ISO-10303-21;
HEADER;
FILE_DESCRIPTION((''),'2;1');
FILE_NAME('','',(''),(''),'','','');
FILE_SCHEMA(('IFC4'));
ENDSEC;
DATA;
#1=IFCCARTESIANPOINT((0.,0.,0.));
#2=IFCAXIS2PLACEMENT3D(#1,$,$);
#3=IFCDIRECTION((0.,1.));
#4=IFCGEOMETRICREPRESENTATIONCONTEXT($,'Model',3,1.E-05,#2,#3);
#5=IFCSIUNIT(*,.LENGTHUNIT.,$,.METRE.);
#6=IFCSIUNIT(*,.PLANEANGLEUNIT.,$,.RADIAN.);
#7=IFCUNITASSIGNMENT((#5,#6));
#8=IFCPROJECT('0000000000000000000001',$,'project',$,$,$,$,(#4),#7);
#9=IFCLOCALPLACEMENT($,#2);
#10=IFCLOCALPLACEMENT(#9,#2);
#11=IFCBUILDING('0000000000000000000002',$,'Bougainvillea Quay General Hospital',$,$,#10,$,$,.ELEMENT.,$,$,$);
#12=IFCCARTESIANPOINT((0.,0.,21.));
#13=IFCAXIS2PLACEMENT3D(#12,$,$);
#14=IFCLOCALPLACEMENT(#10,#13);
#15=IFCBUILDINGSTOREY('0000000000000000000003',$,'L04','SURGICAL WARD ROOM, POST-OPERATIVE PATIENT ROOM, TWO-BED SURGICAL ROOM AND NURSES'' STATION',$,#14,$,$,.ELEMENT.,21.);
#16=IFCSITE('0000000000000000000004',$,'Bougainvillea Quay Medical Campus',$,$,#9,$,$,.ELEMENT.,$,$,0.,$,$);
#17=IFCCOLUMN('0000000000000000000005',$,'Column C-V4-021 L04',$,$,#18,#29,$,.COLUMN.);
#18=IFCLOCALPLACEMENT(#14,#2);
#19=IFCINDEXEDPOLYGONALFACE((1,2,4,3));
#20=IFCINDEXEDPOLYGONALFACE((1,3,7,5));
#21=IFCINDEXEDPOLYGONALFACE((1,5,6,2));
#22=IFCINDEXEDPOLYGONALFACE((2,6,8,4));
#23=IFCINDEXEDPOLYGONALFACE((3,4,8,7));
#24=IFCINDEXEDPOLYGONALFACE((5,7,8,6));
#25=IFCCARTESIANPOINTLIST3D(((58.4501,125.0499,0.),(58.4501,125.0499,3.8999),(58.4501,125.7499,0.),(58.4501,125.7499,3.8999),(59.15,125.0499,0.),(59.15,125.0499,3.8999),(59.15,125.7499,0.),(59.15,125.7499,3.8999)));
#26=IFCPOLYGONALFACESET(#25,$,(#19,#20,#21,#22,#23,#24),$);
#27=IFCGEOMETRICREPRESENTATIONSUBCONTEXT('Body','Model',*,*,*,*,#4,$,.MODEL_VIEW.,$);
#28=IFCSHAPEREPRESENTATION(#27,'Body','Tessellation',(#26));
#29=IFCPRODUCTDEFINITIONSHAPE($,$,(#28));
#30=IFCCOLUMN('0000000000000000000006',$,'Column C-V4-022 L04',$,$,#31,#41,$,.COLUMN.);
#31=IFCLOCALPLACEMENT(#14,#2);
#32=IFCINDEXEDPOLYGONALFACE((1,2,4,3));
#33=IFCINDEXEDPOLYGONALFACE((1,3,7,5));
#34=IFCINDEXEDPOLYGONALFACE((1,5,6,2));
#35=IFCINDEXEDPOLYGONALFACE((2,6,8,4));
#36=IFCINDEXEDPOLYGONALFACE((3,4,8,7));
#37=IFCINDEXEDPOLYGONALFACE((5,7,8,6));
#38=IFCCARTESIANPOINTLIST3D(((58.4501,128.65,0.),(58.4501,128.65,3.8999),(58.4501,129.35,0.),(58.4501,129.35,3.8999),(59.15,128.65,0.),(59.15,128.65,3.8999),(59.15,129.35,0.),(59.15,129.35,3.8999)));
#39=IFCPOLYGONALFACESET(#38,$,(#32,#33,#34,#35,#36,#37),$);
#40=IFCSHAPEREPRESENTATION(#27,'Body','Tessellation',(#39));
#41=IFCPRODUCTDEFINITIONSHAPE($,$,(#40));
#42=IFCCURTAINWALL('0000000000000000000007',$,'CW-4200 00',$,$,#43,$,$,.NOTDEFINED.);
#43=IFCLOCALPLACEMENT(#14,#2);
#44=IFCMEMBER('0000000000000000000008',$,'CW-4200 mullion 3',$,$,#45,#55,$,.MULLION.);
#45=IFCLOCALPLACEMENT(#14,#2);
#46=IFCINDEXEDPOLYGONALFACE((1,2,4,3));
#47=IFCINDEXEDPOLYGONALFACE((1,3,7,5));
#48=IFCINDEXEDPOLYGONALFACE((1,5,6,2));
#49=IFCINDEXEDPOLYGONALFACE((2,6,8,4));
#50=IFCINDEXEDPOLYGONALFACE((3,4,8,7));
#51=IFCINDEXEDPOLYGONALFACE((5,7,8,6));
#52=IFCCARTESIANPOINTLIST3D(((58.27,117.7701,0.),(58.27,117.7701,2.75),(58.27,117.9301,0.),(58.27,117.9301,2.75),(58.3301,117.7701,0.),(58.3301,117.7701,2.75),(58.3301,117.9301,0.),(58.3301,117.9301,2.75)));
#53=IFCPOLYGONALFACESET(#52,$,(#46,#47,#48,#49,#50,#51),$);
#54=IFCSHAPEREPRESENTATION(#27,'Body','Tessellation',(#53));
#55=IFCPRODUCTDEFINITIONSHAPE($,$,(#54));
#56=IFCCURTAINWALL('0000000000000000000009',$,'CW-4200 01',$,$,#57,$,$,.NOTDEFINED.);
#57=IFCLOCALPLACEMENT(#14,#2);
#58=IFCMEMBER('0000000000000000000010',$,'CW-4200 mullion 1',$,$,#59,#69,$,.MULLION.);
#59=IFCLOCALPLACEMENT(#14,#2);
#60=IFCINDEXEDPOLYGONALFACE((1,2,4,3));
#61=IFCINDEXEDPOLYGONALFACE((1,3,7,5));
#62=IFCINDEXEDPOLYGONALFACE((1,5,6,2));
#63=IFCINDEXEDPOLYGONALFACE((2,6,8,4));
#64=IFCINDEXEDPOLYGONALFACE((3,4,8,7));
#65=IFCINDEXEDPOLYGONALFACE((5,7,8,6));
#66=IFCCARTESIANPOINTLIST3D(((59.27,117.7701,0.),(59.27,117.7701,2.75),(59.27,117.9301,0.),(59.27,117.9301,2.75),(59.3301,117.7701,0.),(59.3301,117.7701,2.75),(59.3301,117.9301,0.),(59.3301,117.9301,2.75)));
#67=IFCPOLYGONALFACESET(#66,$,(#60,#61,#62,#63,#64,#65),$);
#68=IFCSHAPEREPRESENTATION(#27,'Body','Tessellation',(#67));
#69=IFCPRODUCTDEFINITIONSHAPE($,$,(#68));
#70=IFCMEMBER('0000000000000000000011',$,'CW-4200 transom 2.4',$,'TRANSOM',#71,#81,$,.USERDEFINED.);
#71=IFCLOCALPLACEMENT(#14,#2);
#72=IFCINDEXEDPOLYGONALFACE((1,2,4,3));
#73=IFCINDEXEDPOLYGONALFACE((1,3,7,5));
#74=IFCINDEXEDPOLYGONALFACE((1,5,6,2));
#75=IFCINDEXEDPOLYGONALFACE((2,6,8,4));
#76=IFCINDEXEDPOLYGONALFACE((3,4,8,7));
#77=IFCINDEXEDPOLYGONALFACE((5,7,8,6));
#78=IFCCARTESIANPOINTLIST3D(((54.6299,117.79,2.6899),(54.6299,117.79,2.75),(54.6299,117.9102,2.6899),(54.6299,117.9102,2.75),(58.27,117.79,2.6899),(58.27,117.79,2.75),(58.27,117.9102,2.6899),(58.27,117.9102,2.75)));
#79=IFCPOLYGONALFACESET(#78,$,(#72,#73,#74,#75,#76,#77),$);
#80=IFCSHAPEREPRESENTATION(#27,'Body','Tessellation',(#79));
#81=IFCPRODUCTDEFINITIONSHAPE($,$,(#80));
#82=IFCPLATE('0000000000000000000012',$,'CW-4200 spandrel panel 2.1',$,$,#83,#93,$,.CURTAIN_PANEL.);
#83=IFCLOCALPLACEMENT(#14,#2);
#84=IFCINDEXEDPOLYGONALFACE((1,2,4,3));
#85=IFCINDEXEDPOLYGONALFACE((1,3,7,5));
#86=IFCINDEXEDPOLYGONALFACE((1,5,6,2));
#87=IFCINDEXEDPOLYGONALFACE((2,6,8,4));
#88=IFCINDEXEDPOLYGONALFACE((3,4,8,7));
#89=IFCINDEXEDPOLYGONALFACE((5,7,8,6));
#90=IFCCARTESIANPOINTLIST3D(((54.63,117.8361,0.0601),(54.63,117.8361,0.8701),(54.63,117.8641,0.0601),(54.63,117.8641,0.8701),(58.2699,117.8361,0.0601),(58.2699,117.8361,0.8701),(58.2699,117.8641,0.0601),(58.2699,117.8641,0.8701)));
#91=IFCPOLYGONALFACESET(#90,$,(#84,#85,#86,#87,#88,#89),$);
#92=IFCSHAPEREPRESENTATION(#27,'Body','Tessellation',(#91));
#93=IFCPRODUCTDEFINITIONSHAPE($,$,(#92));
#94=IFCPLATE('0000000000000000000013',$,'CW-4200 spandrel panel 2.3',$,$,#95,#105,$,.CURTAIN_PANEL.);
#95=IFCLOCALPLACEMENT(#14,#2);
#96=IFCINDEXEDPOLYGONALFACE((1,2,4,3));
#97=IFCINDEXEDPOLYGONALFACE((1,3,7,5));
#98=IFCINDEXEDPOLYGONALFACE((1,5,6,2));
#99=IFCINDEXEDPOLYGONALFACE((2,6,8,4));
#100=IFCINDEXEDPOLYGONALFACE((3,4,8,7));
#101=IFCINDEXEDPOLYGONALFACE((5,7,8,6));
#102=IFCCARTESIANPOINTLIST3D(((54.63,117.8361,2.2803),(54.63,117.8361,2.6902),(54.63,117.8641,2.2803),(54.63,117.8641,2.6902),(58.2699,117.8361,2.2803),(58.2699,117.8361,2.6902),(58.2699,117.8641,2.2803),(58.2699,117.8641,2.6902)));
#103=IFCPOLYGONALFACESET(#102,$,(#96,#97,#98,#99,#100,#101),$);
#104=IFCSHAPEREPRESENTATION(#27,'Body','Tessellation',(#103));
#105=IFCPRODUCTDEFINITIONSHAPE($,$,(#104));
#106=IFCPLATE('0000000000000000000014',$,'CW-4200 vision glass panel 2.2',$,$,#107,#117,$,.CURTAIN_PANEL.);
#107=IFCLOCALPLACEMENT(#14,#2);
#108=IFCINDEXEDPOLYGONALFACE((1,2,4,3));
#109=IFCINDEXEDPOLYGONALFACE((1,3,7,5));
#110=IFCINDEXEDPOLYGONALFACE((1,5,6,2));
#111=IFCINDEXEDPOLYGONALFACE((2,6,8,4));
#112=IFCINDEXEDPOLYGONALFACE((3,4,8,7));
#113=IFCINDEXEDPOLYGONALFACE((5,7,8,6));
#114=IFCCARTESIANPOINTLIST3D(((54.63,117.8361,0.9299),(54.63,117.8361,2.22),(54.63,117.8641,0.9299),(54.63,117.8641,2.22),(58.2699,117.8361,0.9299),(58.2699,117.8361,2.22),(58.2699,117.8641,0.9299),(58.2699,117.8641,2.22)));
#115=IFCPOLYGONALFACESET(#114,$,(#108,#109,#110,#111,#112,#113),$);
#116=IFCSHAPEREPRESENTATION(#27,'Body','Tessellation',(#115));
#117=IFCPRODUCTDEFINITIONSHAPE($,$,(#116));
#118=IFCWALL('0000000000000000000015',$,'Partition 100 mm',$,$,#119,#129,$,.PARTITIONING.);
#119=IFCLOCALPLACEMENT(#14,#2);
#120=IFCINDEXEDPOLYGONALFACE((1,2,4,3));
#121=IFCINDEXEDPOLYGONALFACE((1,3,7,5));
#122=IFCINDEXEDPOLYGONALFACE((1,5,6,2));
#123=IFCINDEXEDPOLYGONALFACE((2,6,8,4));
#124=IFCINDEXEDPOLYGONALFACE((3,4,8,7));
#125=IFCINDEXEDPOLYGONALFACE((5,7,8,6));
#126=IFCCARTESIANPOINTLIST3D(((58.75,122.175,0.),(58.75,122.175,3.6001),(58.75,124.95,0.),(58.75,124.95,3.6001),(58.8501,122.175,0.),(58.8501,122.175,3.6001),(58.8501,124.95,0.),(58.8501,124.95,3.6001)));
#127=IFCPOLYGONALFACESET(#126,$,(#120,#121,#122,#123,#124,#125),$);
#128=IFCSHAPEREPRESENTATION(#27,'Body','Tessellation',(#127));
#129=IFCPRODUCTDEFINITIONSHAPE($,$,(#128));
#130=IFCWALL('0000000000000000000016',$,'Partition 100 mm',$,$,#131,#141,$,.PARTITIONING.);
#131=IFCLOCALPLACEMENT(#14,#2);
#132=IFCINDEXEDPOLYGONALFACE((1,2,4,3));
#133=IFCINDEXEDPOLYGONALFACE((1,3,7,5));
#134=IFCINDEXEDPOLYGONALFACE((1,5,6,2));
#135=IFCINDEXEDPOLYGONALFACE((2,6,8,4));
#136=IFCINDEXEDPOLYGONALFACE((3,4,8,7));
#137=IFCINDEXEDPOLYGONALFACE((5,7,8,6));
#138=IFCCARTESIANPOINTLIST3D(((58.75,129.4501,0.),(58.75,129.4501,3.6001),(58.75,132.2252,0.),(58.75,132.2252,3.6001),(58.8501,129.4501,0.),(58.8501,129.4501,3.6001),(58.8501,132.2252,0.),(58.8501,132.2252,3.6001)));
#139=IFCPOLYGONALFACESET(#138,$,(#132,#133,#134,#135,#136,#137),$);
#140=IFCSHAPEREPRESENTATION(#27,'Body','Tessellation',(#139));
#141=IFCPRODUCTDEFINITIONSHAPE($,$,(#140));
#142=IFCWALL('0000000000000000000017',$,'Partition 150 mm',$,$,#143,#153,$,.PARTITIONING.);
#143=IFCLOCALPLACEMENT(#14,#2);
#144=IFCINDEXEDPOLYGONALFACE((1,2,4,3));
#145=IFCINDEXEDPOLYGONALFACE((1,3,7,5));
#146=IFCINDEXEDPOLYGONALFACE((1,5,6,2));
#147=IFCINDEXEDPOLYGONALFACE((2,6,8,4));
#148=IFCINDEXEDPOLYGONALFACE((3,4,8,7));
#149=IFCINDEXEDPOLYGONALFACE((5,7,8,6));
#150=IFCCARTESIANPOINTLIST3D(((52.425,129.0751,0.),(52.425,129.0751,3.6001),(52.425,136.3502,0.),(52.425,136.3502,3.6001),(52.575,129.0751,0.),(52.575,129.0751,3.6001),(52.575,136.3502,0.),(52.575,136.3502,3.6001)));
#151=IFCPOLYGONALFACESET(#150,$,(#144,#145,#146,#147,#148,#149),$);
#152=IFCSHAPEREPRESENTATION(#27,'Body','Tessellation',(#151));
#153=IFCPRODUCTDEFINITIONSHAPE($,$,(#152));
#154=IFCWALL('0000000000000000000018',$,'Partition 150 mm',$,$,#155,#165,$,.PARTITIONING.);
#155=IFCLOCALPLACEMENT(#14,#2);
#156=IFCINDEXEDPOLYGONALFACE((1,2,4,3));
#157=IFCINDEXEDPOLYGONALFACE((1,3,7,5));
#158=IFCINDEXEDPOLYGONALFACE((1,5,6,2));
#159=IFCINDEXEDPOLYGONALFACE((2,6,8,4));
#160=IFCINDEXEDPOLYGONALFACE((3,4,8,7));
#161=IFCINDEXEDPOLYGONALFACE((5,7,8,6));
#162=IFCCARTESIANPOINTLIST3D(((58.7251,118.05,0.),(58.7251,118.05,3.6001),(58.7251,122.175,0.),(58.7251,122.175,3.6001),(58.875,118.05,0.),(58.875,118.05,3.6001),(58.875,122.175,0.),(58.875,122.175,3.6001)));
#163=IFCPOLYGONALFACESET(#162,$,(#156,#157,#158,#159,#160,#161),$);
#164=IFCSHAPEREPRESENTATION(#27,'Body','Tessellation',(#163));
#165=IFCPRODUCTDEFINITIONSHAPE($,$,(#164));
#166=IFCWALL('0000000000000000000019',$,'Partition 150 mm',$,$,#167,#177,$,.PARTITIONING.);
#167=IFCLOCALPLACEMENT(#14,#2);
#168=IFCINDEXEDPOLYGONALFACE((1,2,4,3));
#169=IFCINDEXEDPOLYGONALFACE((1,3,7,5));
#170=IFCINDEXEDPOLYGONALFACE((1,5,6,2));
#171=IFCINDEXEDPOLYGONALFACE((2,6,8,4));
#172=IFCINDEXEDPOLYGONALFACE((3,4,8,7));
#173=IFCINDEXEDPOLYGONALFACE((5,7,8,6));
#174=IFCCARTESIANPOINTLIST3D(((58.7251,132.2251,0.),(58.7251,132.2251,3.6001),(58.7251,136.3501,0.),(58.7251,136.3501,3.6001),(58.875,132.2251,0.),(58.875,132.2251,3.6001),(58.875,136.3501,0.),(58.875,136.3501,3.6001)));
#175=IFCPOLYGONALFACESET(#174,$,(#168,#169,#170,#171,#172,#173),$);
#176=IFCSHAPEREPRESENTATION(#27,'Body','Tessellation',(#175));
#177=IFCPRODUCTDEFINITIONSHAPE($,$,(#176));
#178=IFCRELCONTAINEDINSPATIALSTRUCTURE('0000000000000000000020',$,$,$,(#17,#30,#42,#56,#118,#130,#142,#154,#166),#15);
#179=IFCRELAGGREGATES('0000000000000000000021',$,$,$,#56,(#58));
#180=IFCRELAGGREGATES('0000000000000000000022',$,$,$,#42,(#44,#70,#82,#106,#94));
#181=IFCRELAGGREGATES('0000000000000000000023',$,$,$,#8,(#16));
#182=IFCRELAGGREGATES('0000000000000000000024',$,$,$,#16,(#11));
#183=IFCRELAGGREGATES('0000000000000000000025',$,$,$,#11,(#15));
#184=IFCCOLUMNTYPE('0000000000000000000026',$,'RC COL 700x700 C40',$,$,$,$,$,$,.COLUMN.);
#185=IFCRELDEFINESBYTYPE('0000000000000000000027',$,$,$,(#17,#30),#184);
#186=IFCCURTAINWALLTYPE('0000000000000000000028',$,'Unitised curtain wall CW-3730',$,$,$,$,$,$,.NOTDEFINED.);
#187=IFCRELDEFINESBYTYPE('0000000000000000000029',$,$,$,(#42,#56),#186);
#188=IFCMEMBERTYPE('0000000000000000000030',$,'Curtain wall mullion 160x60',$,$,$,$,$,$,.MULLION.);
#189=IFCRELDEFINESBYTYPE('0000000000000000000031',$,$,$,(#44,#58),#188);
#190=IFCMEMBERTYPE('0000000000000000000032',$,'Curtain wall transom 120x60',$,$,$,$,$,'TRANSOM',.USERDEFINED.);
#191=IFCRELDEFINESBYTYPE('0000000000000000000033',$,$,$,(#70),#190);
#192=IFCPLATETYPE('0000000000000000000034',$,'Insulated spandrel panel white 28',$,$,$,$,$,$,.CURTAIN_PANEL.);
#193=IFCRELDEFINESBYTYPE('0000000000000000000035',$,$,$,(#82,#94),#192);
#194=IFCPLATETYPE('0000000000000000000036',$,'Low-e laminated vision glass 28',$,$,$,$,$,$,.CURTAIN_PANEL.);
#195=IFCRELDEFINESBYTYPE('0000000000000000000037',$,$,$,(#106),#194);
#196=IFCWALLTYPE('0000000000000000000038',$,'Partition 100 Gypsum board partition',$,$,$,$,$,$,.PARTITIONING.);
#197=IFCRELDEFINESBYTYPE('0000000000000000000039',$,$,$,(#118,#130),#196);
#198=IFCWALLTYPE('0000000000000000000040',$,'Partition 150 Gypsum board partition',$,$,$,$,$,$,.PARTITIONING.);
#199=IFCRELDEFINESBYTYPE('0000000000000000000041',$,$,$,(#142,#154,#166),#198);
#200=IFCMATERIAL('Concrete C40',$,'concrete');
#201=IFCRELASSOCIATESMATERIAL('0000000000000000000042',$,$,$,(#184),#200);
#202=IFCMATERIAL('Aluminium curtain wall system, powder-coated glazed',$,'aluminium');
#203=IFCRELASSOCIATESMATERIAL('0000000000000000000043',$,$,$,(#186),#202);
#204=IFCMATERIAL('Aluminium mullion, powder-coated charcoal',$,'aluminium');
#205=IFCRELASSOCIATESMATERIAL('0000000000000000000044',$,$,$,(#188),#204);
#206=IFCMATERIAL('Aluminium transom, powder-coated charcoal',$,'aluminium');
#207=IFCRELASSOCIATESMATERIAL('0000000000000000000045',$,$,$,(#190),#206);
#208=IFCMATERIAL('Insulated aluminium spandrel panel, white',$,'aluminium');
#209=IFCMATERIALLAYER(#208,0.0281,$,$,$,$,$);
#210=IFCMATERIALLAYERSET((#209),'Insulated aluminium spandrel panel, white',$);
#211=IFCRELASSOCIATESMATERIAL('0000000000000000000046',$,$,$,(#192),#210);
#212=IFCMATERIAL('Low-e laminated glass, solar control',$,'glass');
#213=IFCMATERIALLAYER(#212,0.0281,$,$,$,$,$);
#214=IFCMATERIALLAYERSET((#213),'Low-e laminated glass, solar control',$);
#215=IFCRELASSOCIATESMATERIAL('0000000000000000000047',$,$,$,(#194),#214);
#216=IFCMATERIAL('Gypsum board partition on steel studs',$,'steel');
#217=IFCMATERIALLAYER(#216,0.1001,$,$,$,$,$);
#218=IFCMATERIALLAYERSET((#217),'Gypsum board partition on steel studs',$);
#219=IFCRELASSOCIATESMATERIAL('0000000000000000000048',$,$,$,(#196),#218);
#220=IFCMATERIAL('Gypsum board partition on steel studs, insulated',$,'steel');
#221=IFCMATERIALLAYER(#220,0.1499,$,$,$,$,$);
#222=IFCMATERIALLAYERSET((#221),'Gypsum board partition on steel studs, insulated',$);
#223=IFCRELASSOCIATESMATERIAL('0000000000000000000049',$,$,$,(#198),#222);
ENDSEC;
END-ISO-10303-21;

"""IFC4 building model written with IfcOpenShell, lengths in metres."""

from ifc_helpers import new_model, si_unit, direction, frame, frame_2d, origin, origin_2d, place, context, subcontext, project, spatial, rectangle, extrude, material, layer, layer_set, material_profile, profile_set, type_object, element, aggregate, save


model = new_model("IFC4")

# Units and contexts
model_context = context("Model", 3, precision=1e-05, world=origin(), true_north=direction((0.0, 1.0)))
body_context = subcontext(model_context, "Body", "Model", "MODEL_VIEW")
ifc_project = project(units=[si_unit("LENGTHUNIT", "METRE"), si_unit("PLANEANGLEUNIT", "RADIAN")], contexts=[model_context])

# Site, building, storey
site_placement = place(None, origin())
site = spatial("IfcSite", under=ifc_project, at=site_placement, Name="Bougainvillea Quay Medical Campus", CompositionType="ELEMENT", RefElevation=0.0)
building_placement = place(site_placement, origin())
building = spatial("IfcBuilding", under=site, at=building_placement, Name="Bougainvillea Quay General Hospital", CompositionType="ELEMENT")
storey_placement = place(building_placement, frame((0.0, 0.0, 21.0)))
storey = spatial("IfcBuildingStorey", under=building, at=storey_placement, Name="L04", Description="SURGICAL WARD ROOM, POST-OPERATIVE PATIENT ROOM, TWO-BED SURGICAL ROOM AND NURSES' STATION", CompositionType="ELEMENT", Elevation=21.0)

# Columns
ifc_material_1 = material(Name="Concrete C40", Category="concrete")
ifc_material_profile_1 = material_profile(ifc_material_1, rectangle(XDim=0.7, YDim=0.7, at=origin_2d()))
ifc_profile_set_1 = profile_set([ifc_material_profile_1], Name="Concrete C40")
column_type = type_object("IfcColumnType", Name="RC COL 700x700 C40", PredefinedType="COLUMN", material=ifc_profile_set_1)
for number, where, z_axis, x_axis, name in (
    (1, (58.8, 125.3999, 0.0), (0.0, 0.0, 1.0), (1.0, 0.0, 0.0), "Column C-V4-021 L04"),
    (2, (58.8, 129.0, 0.0), (0.0, 0.0, 1.0), (1.0, 0.0, 0.0), "Column C-V4-022 L04"),
):
    element("IfcColumn", number, at=place(storey_placement, frame(where, z_axis=z_axis, x_axis=x_axis)), inside=storey, type_object=column_type, Name=name, PredefinedType="COLUMN", context=body_context, shape_type="SweptSolid", body=[
        extrude(rectangle(XDim=0.7, YDim=0.7, at=origin_2d()), origin(), (0.0, 0.0, 1.0), 3.8999),
    ])

# Curtain walls, members
ifc_material_2 = material(Name="Aluminium curtain wall system, powder-coated glazed", Category="aluminium")
curtain_wall_type = type_object("IfcCurtainWallType", Name="Unitised curtain wall CW-3730", PredefinedType="NOTDEFINED", material=ifc_material_2)
curtain_wall_1_placement = place(storey_placement, origin())
curtain_wall_1 = element("IfcCurtainWall", 3, at=curtain_wall_1_placement, inside=storey, type_object=curtain_wall_type, Name="CW-4200 00", PredefinedType="NOTDEFINED")
ifc_material_3 = material(Name="Aluminium mullion, powder-coated charcoal", Category="aluminium")
ifc_material_profile_2 = material_profile(ifc_material_3, rectangle(XDim=0.1599, YDim=0.0601, at=origin_2d()))
ifc_profile_set_2 = profile_set([ifc_material_profile_2], Name="Aluminium mullion, powder-coated charcoal")
member_type_1 = type_object("IfcMemberType", Name="Curtain wall mullion 160x60", PredefinedType="MULLION", material=ifc_profile_set_2)
member_1_placement = place(storey_placement, frame((58.3, 117.8501, 0.0), z_axis=(0.0, 0.0, 1.0), x_axis=(0.0, 1.0, 0.0)))
member_1 = element("IfcMember", 4, at=member_1_placement, type_object=member_type_1, Name="CW-4200 mullion 3", PredefinedType="MULLION", context=body_context, shape_type="SweptSolid", body=[
    extrude(rectangle(XDim=0.1599, YDim=0.0601, at=origin_2d()), origin(), (0.0, 0.0, 1.0), 2.75),
])
curtain_wall_2_placement = place(storey_placement, origin())
curtain_wall_2 = element("IfcCurtainWall", 5, at=curtain_wall_2_placement, inside=storey, type_object=curtain_wall_type, Name="CW-4200 01", PredefinedType="NOTDEFINED")
member_2_placement = place(storey_placement, frame((59.3, 117.8501, 0.0), z_axis=(0.0, 0.0, 1.0), x_axis=(0.0, 1.0, 0.0)))
member_2 = element("IfcMember", 6, at=member_2_placement, type_object=member_type_1, Name="CW-4200 mullion 1", PredefinedType="MULLION", context=body_context, shape_type="SweptSolid", body=[
    extrude(rectangle(XDim=0.1599, YDim=0.0601, at=origin_2d()), origin(), (0.0, 0.0, 1.0), 2.75),
])
aggregate(curtain_wall_2, [member_2])

# Member
ifc_material_4 = material(Name="Aluminium transom, powder-coated charcoal", Category="aluminium")
ifc_material_profile_3 = material_profile(ifc_material_4, rectangle(XDim=0.1201, YDim=0.0601, at=origin_2d()))
ifc_profile_set_3 = profile_set([ifc_material_profile_3], Name="Aluminium transom, powder-coated charcoal")
member_type_2 = type_object("IfcMemberType", Name="Curtain wall transom 120x60", ElementType="TRANSOM", PredefinedType="USERDEFINED", material=ifc_profile_set_3)
member_3_placement = place(storey_placement, frame((54.6299, 117.8501, 2.72), z_axis=(1.0, 0.0, 0.0), x_axis=(0.0, 1.0, 0.0)))
member_3 = element("IfcMember", 7, at=member_3_placement, type_object=member_type_2, Name="CW-4200 transom 2.4", ObjectType="TRANSOM", PredefinedType="USERDEFINED", context=body_context, shape_type="SweptSolid", body=[
    extrude(rectangle(XDim=0.1201, YDim=0.0601, at=origin_2d()), origin(), (0.0, 0.0, 1.0), 3.6401),
])

# Plates
ifc_material_5 = material(Name="Insulated aluminium spandrel panel, white", Category="aluminium")
ifc_layer_1 = layer(ifc_material_5, 0.0281)
ifc_layer_set_1 = layer_set([ifc_layer_1], Name="Insulated aluminium spandrel panel, white")
plate_type_1 = type_object("IfcPlateType", Name="Insulated spandrel panel white 28", PredefinedType="CURTAIN_PANEL", material=ifc_layer_set_1)
plate_1_placement = place(storey_placement, frame((56.45, 117.8501, 0.0601), z_axis=(0.0, 0.0, 1.0), x_axis=(1.0, 0.0, 0.0)))
plate_1 = element("IfcPlate", 8, at=plate_1_placement, type_object=plate_type_1, Name="CW-4200 spandrel panel 2.1", PredefinedType="CURTAIN_PANEL", context=body_context, shape_type="SweptSolid", body=[
    extrude(rectangle(XDim=3.6399, YDim=0.0281, at=origin_2d()), origin(), (0.0, 0.0, 1.0), 0.8101),
])
plate_2_placement = place(storey_placement, frame((56.45, 117.8501, 2.2803), z_axis=(0.0, 0.0, 1.0), x_axis=(1.0, 0.0, 0.0)))
plate_2 = element("IfcPlate", 9, at=plate_2_placement, type_object=plate_type_1, Name="CW-4200 spandrel panel 2.3", PredefinedType="CURTAIN_PANEL", context=body_context, shape_type="SweptSolid", body=[
    extrude(rectangle(XDim=3.6399, YDim=0.0281, at=origin_2d()), origin(), (0.0, 0.0, 1.0), 0.4099),
])
ifc_material_6 = material(Name="Low-e laminated glass, solar control", Category="glass")
ifc_layer_2 = layer(ifc_material_6, 0.0281)
ifc_layer_set_2 = layer_set([ifc_layer_2], Name="Low-e laminated glass, solar control")
plate_type_2 = type_object("IfcPlateType", Name="Low-e laminated vision glass 28", PredefinedType="CURTAIN_PANEL", material=ifc_layer_set_2)
plate_3_placement = place(storey_placement, frame((56.45, 117.8501, 0.9299), z_axis=(0.0, 0.0, 1.0), x_axis=(1.0, 0.0, 0.0)))
plate_3 = element("IfcPlate", 10, at=plate_3_placement, type_object=plate_type_2, Name="CW-4200 vision glass panel 2.2", PredefinedType="CURTAIN_PANEL", context=body_context, shape_type="SweptSolid", body=[
    extrude(rectangle(XDim=3.6399, YDim=0.0281, at=origin_2d()), origin(), (0.0, 0.0, 1.0), 1.29),
])
aggregate(curtain_wall_1, [member_1, member_3, plate_1, plate_3, plate_2])

# Walls
ifc_material_7 = material(Name="Gypsum board partition on steel studs", Category="steel")
ifc_layer_3 = layer(ifc_material_7, 0.1001)
ifc_layer_set_3 = layer_set([ifc_layer_3], Name="Gypsum board partition on steel studs")
wall_type_1 = type_object("IfcWallType", Name="Partition 100 Gypsum board partition", PredefinedType="PARTITIONING", material=ifc_layer_set_3)
wall_1_placement = place(storey_placement, frame((58.8, 122.175, 0.0), z_axis=(0.0, 0.0, 1.0), x_axis=(0.0, 1.0, 0.0)))
element("IfcWall", 11, at=wall_1_placement, inside=storey, type_object=wall_type_1, Name="Partition 100 mm", PredefinedType="PARTITIONING", context=body_context, shape_type="SweptSolid", body=[
    extrude(rectangle(XDim=2.7749, YDim=0.1001, at=frame_2d((1.3875, 0.0))), origin(), (0.0, 0.0, 1.0), 3.6001),
])
wall_2_placement = place(storey_placement, frame((58.8, 129.45, 0.0), z_axis=(0.0, 0.0, 1.0), x_axis=(0.0, 1.0, 0.0)))
element("IfcWall", 12, at=wall_2_placement, inside=storey, type_object=wall_type_1, Name="Partition 100 mm", PredefinedType="PARTITIONING", context=body_context, shape_type="SweptSolid", body=[
    extrude(rectangle(XDim=2.7751, YDim=0.1001, at=frame_2d((1.3877, 0.0))), origin(), (0.0, 0.0, 1.0), 3.6001),
])
ifc_material_8 = material(Name="Gypsum board partition on steel studs, insulated", Category="steel")
ifc_layer_4 = layer(ifc_material_8, 0.1499)
ifc_layer_set_4 = layer_set([ifc_layer_4], Name="Gypsum board partition on steel studs, insulated")
wall_type_2 = type_object("IfcWallType", Name="Partition 150 Gypsum board partition", PredefinedType="PARTITIONING", material=ifc_layer_set_4)
wall_3_placement = place(storey_placement, frame((52.5, 129.075, 0.0), z_axis=(0.0, 0.0, 1.0), x_axis=(0.0, 1.0, 0.0)))
element("IfcWall", 13, at=wall_3_placement, inside=storey, type_object=wall_type_2, Name="Partition 150 mm", PredefinedType="PARTITIONING", context=body_context, shape_type="SweptSolid", body=[
    extrude(rectangle(XDim=7.2751, YDim=0.1499, at=frame_2d((3.6377, 0.0))), origin(), (0.0, 0.0, 1.0), 3.6001),
])
for number, where, z_axis, x_axis, name in (
    (14, (58.8, 118.05, 0.0), (0.0, 0.0, 1.0), (0.0, 1.0, 0.0), "Partition 150 mm"),
    (15, (58.8, 132.2251, 0.0), (0.0, 0.0, 1.0), (0.0, 1.0, 0.0), "Partition 150 mm"),
):
    element("IfcWall", number, at=place(storey_placement, frame(where, z_axis=z_axis, x_axis=x_axis)), inside=storey, type_object=wall_type_2, Name=name, PredefinedType="PARTITIONING", context=body_context, shape_type="SweptSolid", body=[
        extrude(rectangle(XDim=4.125, YDim=0.1499, at=frame_2d((2.0625, 0.0))), origin(), (0.0, 0.0, 1.0), 3.6001),
    ])

save(model, "model.ifc")
